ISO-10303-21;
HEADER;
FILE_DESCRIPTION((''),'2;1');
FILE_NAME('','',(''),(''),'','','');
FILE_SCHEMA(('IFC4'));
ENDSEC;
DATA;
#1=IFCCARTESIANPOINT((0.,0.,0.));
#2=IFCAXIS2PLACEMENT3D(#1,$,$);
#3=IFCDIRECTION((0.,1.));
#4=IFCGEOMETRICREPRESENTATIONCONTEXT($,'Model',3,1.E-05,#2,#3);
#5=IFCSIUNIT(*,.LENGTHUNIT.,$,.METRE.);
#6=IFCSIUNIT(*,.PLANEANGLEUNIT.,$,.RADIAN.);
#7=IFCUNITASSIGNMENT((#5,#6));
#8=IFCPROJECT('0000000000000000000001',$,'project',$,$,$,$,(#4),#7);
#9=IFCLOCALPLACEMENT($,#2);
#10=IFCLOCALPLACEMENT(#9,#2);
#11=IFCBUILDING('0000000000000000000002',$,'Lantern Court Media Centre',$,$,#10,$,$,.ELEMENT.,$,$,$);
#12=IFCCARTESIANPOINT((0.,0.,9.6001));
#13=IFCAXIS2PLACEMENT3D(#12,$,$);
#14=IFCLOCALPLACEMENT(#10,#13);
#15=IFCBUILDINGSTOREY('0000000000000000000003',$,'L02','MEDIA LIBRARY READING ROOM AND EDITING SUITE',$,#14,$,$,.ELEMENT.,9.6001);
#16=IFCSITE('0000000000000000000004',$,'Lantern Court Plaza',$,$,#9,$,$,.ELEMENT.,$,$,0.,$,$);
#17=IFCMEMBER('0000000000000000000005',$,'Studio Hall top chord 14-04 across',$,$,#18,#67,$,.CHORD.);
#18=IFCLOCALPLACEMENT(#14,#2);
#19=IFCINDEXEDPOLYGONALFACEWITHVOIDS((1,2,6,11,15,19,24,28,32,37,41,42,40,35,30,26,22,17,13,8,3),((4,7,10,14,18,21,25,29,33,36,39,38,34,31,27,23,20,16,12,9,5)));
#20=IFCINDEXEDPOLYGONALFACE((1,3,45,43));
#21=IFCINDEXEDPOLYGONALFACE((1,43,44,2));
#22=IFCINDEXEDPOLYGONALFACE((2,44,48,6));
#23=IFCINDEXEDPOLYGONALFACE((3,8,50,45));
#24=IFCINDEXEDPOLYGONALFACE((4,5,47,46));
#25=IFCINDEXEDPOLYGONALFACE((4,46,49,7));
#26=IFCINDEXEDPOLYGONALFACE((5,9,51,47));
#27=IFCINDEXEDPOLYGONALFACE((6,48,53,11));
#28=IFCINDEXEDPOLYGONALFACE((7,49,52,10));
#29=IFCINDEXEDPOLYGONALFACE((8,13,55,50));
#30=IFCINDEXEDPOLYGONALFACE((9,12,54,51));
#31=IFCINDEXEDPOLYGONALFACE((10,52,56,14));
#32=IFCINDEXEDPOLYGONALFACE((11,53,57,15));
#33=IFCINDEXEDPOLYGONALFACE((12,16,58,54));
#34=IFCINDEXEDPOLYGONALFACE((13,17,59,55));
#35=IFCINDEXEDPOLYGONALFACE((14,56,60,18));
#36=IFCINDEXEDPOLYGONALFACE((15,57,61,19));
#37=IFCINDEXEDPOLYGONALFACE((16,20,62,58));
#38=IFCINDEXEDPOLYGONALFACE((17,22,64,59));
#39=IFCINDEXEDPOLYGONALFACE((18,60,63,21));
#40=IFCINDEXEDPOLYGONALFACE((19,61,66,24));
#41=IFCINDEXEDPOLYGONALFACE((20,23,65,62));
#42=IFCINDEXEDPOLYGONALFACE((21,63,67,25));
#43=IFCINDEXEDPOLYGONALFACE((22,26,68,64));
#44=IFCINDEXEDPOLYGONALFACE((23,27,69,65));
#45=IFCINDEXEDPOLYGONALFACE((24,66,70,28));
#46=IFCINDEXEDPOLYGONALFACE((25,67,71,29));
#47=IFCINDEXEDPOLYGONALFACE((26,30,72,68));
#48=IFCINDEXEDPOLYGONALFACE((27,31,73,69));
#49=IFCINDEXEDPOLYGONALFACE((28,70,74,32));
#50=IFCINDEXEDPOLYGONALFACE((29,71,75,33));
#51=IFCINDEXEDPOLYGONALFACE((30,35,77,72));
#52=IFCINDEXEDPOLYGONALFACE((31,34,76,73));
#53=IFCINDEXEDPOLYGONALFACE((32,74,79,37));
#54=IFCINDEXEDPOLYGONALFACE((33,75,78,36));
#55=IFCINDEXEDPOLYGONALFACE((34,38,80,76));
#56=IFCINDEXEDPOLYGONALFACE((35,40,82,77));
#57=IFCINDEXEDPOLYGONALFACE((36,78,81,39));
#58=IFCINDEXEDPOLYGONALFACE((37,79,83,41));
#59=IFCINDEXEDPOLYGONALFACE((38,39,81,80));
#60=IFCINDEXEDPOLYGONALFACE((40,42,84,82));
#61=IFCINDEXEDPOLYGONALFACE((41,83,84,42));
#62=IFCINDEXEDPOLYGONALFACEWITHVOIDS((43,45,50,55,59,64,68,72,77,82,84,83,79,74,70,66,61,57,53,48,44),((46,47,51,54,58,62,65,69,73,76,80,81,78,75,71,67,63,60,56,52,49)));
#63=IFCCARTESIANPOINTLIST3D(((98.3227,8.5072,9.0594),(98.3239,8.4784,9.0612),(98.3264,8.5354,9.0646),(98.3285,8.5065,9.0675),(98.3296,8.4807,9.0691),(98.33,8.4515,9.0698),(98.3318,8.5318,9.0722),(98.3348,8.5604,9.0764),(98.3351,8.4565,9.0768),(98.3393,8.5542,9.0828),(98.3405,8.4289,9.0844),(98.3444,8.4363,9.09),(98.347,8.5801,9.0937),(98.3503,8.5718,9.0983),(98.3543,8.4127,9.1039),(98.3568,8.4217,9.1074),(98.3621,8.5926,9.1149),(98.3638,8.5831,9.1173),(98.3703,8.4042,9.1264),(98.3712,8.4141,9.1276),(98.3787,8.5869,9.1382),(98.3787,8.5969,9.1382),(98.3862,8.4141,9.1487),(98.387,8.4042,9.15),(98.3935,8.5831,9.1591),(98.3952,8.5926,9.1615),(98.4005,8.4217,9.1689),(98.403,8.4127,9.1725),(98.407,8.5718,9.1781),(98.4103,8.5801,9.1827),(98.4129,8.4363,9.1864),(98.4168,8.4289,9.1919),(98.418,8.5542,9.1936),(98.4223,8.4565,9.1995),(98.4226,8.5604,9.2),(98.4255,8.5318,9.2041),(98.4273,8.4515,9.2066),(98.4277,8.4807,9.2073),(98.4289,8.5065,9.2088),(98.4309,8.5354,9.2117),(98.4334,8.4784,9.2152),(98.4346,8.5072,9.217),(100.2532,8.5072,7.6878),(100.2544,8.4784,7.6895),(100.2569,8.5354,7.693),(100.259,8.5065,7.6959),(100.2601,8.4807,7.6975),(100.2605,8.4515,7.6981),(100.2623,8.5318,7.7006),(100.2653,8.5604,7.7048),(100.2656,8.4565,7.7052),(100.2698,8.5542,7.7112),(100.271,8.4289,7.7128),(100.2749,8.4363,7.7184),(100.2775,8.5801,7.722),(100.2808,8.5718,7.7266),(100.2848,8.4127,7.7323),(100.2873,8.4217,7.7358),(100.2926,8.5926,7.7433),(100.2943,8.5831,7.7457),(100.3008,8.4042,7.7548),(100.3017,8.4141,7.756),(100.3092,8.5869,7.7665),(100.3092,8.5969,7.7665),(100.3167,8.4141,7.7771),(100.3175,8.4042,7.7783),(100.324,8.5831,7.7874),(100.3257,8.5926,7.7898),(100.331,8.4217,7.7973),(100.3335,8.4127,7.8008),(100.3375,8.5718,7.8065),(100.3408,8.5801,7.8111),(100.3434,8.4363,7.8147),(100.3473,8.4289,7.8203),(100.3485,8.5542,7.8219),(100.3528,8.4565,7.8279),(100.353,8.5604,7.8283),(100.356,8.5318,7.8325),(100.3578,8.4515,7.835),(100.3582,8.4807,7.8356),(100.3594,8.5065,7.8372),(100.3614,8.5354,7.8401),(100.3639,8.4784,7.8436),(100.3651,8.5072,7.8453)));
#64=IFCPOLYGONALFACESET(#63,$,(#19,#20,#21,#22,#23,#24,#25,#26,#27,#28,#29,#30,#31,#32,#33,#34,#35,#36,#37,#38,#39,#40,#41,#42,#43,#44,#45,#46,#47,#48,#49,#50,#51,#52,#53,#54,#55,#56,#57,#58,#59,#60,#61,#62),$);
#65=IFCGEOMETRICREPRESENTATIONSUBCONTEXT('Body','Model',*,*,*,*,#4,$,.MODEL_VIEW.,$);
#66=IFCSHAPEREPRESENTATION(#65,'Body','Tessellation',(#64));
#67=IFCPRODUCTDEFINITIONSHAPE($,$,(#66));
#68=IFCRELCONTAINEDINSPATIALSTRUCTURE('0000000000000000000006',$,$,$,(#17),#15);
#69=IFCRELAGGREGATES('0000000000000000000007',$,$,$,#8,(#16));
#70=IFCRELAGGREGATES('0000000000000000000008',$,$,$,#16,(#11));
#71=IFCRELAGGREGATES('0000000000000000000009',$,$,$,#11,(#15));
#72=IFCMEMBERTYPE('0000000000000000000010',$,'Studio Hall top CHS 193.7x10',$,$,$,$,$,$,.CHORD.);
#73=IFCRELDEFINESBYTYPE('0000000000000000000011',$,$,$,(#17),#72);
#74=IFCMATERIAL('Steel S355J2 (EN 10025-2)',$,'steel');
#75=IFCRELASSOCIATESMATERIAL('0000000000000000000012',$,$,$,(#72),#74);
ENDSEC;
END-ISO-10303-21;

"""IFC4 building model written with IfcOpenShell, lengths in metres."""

from ifc_helpers import new_model, si_unit, direction, frame, origin, origin_2d, place, context, subcontext, project, spatial, hollow_circle, extrude, material, material_profile, profile_set, type_object, element, save


model = new_model("IFC4")

# Units and contexts
model_context = context("Model", 3, precision=1e-05, world=origin(), true_north=direction((0.0, 1.0)))
body_context = subcontext(model_context, "Body", "Model", "MODEL_VIEW")
ifc_project = project(units=[si_unit("LENGTHUNIT", "METRE"), si_unit("PLANEANGLEUNIT", "RADIAN")], contexts=[model_context])

# Site, building, storey
site_placement = place(None, origin())
site = spatial("IfcSite", under=ifc_project, at=site_placement, Name="Lantern Court Plaza", CompositionType="ELEMENT", RefElevation=0.0)
building_placement = place(site_placement, origin())
building = spatial("IfcBuilding", under=site, at=building_placement, Name="Lantern Court Media Centre", CompositionType="ELEMENT")
storey_placement = place(building_placement, frame((0.0, 0.0, 9.6001)))
storey = spatial("IfcBuildingStorey", under=building, at=storey_placement, Name="L02", Description="MEDIA LIBRARY READING ROOM AND EDITING SUITE", CompositionType="ELEMENT", Elevation=9.6001)

# Member
ifc_material = material(Name="Steel S355J2 (EN 10025-2)", Category="steel")
ifc_material_profile_1 = material_profile(ifc_material, hollow_circle(Radius=0.0969, WallThickness=0.01, at=origin_2d()), Name="Studio Hall top CHS 193.7x10")
ifc_profile_set_1 = profile_set([ifc_material_profile_1], Name="Steel S355J2 (EN 10025-2)")
member_type_1 = type_object("IfcMemberType", Name="Studio Hall top CHS 193.7x10", PredefinedType="CHORD", material=ifc_profile_set_1)
member_1_placement = place(storey_placement, frame((98.3787, 8.5, 9.1382), z_axis=(0.815187, 0.0, -0.579198), x_axis=(0.0, 1.0, 0.0)))
element("IfcMember", 1, at=member_1_placement, inside=storey, type_object=member_type_1, Name="Studio Hall top chord 14-04 across", PredefinedType="CHORD", context=body_context, shape_type="SweptSolid", body=[
    extrude(hollow_circle(Radius=0.0969, WallThickness=0.01, at=origin_2d()), origin(), (0.0, 0.0, 1.0), 2.3682),
])

save(model, "model.ifc")
